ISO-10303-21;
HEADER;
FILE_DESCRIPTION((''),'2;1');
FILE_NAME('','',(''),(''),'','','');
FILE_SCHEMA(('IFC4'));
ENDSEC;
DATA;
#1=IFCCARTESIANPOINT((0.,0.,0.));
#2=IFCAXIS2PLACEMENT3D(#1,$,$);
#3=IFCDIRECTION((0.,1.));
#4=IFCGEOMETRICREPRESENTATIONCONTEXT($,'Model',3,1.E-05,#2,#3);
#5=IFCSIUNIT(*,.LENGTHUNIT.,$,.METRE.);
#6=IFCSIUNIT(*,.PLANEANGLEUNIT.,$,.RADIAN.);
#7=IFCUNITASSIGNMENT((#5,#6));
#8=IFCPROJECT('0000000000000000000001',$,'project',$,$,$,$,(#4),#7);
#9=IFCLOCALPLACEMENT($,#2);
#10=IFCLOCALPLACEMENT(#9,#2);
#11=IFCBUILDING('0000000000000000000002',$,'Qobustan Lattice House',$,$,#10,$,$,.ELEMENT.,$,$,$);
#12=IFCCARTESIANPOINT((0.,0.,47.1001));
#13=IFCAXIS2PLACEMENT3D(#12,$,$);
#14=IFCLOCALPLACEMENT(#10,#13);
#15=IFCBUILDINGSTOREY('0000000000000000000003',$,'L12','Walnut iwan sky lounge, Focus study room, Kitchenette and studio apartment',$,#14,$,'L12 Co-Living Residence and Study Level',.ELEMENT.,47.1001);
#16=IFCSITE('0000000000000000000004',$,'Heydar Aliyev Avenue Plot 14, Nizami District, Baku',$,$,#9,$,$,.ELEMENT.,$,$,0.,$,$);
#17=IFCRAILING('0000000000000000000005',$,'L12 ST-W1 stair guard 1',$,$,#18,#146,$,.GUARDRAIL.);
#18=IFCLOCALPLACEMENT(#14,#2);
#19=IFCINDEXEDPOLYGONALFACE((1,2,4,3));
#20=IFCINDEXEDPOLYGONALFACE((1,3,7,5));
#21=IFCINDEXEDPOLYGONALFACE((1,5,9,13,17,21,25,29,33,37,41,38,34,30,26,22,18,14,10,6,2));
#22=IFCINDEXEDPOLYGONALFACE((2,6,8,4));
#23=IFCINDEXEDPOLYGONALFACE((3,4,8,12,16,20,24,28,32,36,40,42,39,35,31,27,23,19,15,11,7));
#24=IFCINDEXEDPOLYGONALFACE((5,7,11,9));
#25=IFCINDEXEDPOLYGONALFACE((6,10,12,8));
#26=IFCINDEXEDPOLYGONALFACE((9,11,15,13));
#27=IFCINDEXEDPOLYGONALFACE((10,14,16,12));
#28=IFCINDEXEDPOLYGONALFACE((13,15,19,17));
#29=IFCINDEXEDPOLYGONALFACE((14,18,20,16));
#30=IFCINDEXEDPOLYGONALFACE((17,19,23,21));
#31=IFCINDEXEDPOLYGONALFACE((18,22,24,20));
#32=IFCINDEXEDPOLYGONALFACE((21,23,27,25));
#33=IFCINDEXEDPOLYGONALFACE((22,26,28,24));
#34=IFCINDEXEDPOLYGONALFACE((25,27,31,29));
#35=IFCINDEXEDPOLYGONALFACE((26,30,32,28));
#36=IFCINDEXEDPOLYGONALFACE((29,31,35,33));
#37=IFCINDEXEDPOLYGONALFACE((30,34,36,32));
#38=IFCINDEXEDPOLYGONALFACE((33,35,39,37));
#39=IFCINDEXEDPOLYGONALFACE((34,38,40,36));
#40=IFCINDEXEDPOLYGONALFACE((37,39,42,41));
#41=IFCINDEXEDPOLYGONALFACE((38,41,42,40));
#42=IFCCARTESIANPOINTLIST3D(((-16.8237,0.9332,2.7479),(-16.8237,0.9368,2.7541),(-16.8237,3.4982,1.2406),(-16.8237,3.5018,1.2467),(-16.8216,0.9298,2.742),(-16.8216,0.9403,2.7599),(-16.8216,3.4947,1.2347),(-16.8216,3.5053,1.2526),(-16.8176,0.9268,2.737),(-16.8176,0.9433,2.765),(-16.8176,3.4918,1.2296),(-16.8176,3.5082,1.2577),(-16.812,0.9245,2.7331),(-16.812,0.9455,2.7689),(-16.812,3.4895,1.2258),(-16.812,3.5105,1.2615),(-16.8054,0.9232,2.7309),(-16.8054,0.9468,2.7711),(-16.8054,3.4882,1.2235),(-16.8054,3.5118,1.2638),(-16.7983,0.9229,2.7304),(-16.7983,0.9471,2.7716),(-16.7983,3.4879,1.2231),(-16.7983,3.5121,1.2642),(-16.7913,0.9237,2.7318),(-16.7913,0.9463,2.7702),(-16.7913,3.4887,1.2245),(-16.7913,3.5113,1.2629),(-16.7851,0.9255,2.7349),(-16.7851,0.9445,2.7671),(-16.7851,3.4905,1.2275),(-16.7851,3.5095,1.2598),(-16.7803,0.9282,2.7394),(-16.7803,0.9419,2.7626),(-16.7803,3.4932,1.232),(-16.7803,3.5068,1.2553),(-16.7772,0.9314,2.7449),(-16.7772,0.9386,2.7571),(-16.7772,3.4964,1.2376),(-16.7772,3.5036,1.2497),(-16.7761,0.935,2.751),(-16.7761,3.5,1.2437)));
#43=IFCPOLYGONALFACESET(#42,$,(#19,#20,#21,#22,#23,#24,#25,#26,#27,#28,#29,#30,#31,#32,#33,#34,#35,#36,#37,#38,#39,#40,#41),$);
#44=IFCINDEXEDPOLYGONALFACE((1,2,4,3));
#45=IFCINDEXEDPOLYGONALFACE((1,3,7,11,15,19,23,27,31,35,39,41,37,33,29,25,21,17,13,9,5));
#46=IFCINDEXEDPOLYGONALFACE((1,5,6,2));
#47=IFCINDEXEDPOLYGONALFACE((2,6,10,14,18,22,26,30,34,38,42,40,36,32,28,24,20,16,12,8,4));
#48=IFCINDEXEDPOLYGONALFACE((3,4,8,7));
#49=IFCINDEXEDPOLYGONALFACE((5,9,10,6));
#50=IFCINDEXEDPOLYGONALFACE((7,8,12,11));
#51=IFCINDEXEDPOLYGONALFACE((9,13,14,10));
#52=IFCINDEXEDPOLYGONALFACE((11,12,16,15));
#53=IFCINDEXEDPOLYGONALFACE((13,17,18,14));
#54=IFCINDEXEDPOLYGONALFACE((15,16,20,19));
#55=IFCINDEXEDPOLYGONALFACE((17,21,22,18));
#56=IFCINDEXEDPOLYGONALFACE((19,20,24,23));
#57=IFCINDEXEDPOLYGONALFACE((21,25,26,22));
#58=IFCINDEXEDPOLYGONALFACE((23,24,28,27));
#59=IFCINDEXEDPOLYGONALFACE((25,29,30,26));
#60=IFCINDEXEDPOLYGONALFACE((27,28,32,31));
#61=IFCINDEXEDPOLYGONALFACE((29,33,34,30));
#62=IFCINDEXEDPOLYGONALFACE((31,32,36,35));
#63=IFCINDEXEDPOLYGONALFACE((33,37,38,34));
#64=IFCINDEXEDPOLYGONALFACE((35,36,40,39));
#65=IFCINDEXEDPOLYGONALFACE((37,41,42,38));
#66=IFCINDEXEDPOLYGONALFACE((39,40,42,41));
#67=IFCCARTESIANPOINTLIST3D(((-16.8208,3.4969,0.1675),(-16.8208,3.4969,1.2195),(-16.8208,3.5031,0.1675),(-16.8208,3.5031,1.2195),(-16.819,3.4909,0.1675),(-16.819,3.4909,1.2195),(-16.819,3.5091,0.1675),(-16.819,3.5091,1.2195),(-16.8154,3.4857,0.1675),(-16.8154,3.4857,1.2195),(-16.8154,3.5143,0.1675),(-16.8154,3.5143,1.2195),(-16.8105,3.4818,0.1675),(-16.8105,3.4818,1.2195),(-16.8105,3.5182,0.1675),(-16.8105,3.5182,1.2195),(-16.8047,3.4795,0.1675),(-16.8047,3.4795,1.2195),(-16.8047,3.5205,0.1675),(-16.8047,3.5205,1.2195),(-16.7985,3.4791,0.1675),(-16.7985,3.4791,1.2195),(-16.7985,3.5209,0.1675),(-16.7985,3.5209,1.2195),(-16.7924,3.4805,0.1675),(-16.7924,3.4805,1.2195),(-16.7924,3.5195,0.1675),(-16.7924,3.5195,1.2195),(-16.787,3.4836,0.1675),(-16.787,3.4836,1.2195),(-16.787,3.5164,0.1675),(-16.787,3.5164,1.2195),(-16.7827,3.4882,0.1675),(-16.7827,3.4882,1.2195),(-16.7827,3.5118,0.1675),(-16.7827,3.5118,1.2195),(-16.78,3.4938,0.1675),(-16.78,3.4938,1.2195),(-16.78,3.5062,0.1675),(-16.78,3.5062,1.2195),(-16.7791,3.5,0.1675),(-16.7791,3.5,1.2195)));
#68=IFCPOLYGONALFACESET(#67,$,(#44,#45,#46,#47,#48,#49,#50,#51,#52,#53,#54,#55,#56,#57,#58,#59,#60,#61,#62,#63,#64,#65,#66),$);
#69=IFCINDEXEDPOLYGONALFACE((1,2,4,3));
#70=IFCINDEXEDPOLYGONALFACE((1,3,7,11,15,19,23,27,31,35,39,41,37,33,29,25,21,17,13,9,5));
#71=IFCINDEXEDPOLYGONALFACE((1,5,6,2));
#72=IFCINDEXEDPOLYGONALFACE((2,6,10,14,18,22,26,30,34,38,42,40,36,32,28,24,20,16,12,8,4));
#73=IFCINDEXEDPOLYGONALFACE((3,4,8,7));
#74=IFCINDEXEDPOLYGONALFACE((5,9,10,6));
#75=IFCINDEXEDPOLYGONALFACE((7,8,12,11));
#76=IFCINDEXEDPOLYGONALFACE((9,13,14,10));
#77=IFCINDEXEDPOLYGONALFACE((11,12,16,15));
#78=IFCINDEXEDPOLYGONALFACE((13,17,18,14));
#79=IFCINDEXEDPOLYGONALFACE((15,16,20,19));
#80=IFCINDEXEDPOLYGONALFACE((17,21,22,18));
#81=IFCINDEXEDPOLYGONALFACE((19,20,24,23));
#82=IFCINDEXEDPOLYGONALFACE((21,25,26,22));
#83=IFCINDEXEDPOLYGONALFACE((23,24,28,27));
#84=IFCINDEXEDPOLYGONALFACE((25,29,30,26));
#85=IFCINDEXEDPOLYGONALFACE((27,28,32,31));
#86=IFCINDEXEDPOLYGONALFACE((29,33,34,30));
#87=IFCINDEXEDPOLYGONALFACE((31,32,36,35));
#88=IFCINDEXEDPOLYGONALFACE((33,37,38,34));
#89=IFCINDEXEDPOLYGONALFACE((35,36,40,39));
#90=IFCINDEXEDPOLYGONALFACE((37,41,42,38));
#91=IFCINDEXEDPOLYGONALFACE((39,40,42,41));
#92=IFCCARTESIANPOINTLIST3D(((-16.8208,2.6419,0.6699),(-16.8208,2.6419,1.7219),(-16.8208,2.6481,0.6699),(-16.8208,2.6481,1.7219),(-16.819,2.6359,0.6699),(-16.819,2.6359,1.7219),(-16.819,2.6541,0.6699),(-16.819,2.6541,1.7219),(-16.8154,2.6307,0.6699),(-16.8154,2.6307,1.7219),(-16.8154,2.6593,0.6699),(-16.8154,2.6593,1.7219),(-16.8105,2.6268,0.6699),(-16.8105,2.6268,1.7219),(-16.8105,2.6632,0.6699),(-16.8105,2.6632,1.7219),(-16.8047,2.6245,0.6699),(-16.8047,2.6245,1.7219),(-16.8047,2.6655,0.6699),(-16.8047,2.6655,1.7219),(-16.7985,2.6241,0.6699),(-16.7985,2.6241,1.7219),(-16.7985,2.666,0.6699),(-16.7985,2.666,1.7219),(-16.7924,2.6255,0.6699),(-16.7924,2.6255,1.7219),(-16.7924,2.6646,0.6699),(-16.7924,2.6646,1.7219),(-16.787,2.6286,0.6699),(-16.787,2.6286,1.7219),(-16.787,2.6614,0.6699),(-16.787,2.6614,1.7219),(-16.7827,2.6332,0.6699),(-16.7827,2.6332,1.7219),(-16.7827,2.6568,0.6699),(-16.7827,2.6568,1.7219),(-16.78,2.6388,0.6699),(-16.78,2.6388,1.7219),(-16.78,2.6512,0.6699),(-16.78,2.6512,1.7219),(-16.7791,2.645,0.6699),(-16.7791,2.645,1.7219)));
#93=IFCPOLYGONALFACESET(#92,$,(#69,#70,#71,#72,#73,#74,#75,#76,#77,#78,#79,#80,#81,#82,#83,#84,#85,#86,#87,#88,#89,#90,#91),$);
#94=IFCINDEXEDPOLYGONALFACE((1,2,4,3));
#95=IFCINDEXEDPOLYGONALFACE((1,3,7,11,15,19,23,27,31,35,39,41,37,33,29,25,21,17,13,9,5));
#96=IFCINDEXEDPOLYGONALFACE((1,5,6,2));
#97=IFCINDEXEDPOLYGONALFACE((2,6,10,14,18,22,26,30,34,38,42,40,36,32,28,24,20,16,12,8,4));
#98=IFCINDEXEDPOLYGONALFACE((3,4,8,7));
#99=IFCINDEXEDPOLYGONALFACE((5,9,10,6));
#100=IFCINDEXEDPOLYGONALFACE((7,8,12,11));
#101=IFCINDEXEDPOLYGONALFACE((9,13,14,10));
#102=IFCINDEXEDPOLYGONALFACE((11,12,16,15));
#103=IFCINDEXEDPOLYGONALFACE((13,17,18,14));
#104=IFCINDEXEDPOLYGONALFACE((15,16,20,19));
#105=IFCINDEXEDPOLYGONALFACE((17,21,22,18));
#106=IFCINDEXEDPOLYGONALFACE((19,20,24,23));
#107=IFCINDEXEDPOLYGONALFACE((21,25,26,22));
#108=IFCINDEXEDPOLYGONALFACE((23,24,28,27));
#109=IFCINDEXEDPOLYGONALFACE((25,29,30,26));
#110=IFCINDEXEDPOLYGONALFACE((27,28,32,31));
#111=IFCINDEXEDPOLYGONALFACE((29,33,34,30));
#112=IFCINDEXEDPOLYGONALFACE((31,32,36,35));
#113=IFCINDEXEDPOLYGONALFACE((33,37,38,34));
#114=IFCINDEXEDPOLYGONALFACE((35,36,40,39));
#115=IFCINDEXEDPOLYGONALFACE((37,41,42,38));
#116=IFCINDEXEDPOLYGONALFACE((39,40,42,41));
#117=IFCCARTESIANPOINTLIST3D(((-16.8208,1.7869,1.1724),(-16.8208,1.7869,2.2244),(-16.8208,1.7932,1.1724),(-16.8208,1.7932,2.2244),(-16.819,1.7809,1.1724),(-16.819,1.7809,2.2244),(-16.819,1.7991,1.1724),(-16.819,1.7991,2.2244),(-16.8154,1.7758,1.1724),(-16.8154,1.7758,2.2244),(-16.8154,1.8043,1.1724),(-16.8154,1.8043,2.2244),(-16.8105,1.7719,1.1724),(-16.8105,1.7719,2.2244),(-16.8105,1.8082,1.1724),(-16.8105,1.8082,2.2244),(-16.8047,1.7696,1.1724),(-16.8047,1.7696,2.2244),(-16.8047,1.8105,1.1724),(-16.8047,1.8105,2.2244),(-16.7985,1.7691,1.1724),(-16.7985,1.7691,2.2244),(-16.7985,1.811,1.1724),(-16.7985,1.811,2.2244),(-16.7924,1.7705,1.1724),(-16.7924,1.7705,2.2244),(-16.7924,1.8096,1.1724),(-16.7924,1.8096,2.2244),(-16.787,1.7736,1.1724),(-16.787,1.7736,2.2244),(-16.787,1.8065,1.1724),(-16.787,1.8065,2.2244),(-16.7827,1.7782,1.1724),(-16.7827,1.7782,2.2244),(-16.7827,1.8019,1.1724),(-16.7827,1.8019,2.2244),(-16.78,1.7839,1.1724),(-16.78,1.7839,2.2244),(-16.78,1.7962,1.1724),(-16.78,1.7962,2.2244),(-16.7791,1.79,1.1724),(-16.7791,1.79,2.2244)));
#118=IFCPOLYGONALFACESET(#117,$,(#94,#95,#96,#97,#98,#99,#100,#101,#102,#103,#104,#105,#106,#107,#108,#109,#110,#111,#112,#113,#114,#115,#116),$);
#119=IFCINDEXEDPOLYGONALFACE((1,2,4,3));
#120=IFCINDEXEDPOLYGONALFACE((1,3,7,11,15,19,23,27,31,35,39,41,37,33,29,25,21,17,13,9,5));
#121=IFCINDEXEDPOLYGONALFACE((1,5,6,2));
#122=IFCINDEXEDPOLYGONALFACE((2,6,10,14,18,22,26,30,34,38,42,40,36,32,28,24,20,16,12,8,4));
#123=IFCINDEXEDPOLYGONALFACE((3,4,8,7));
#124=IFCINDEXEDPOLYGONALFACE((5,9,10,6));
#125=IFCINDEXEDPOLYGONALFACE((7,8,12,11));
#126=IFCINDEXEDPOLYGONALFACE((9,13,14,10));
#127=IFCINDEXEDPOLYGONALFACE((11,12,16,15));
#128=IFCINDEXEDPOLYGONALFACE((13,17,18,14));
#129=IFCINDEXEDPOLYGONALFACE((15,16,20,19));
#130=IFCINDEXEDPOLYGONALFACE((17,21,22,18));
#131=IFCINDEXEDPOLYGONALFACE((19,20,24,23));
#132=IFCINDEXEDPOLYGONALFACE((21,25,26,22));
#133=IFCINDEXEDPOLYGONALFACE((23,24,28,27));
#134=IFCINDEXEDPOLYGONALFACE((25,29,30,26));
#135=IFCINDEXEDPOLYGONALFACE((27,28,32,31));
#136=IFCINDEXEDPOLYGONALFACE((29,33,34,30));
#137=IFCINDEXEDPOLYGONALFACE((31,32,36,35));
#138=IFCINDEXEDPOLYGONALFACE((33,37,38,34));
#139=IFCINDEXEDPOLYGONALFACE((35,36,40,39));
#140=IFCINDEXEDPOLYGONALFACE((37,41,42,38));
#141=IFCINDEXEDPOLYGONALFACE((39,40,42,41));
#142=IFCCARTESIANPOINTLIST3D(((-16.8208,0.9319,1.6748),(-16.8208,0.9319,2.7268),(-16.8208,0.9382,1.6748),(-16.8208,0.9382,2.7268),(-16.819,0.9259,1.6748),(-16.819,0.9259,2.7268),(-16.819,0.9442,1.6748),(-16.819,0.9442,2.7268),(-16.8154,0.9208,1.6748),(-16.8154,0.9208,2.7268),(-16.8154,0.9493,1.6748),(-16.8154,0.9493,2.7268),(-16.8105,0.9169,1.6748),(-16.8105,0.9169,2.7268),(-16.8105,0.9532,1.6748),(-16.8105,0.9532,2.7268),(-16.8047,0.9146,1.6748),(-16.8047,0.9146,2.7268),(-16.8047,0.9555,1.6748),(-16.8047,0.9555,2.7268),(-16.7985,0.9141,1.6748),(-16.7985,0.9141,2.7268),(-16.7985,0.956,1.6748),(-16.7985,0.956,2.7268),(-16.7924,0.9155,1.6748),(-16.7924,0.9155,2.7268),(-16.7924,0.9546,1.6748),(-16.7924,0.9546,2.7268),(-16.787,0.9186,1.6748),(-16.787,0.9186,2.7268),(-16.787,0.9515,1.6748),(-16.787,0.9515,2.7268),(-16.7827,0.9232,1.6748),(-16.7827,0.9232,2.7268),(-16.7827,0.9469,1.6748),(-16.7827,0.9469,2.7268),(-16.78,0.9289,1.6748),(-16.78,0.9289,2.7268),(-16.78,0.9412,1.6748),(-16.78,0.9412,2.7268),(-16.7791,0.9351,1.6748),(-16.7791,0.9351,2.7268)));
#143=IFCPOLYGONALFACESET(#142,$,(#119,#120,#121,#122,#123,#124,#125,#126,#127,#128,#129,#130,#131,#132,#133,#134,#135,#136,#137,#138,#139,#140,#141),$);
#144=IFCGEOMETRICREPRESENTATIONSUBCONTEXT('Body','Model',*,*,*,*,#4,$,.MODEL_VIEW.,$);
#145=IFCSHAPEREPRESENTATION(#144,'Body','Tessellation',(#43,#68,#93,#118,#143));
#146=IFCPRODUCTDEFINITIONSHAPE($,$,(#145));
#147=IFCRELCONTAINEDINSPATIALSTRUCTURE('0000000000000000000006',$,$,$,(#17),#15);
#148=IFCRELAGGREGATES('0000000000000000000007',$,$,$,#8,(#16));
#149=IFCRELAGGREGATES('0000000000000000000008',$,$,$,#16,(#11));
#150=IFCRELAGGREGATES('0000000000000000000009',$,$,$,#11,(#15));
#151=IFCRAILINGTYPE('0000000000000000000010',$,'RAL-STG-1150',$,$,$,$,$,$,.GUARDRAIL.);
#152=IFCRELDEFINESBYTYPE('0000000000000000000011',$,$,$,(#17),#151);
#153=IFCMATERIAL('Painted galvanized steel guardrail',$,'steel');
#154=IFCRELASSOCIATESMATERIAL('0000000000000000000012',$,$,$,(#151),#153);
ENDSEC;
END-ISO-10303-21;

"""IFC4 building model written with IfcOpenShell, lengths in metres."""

from ifc_helpers import new_model, si_unit, direction, frame, origin, origin_2d, place, context, subcontext, project, spatial, circle, extrude, material, type_object, element, save


model = new_model("IFC4")

# Units and contexts
model_context = context("Model", 3, precision=1e-05, world=origin(), true_north=direction((0.0, 1.0)))
body_context = subcontext(model_context, "Body", "Model", "MODEL_VIEW")
ifc_project = project(units=[si_unit("LENGTHUNIT", "METRE"), si_unit("PLANEANGLEUNIT", "RADIAN")], contexts=[model_context])

# Site, building, storey
site_placement = place(None, origin())
site = spatial("IfcSite", under=ifc_project, at=site_placement, Name="Heydar Aliyev Avenue Plot 14, Nizami District, Baku", CompositionType="ELEMENT", RefElevation=0.0)
building_placement = place(site_placement, origin())
building = spatial("IfcBuilding", under=site, at=building_placement, Name="Qobustan Lattice House", CompositionType="ELEMENT")
storey_placement = place(building_placement, frame((0.0, 0.0, 47.1001)))
storey = spatial("IfcBuildingStorey", under=building, at=storey_placement, Name="L12", Description="Walnut iwan sky lounge, Focus study room, Kitchenette and studio apartment", LongName="L12 Co-Living Residence and Study Level", CompositionType="ELEMENT", Elevation=47.1001)

# Railing
ifc_material_1 = material(Name="Painted galvanized steel guardrail", Category="steel")
railing_type_1 = type_object("IfcRailingType", Name="RAL-STG-1150", PredefinedType="GUARDRAIL", material=ifc_material_1)
railing_1_placement = place(storey_placement, frame((-16.8, 3.5, 0.1675)))
element("IfcRailing", 1, at=railing_1_placement, inside=storey, type_object=railing_type_1, Name="L12 ST-W1 stair guard 1", PredefinedType="GUARDRAIL", context=body_context, shape_type="SweptSolid", body=[
    extrude(circle(Radius=0.0239, at=origin_2d()), frame((0.0, 0.0, 1.0762), z_axis=(0.0, -0.862149, 0.506654), x_axis=(1.0, 0.0, 0.0)), (0.0, 0.0, 1.0), 2.9751),
    extrude(circle(Radius=0.021, at=origin_2d()), origin(), (0.0, 0.0, 1.0), 1.052),
    extrude(circle(Radius=0.021, at=origin_2d()), frame((0.0, -0.855, 0.5024)), (0.0, 0.0, 1.0), 1.052),
    extrude(circle(Radius=0.021, at=origin_2d()), frame((0.0, -1.71, 1.0049)), (0.0, 0.0, 1.0), 1.052),
    extrude(circle(Radius=0.021, at=origin_2d()), frame((0.0, -2.5649, 1.5073)), (0.0, 0.0, 1.0), 1.052),
])

save(model, "model.ifc")
